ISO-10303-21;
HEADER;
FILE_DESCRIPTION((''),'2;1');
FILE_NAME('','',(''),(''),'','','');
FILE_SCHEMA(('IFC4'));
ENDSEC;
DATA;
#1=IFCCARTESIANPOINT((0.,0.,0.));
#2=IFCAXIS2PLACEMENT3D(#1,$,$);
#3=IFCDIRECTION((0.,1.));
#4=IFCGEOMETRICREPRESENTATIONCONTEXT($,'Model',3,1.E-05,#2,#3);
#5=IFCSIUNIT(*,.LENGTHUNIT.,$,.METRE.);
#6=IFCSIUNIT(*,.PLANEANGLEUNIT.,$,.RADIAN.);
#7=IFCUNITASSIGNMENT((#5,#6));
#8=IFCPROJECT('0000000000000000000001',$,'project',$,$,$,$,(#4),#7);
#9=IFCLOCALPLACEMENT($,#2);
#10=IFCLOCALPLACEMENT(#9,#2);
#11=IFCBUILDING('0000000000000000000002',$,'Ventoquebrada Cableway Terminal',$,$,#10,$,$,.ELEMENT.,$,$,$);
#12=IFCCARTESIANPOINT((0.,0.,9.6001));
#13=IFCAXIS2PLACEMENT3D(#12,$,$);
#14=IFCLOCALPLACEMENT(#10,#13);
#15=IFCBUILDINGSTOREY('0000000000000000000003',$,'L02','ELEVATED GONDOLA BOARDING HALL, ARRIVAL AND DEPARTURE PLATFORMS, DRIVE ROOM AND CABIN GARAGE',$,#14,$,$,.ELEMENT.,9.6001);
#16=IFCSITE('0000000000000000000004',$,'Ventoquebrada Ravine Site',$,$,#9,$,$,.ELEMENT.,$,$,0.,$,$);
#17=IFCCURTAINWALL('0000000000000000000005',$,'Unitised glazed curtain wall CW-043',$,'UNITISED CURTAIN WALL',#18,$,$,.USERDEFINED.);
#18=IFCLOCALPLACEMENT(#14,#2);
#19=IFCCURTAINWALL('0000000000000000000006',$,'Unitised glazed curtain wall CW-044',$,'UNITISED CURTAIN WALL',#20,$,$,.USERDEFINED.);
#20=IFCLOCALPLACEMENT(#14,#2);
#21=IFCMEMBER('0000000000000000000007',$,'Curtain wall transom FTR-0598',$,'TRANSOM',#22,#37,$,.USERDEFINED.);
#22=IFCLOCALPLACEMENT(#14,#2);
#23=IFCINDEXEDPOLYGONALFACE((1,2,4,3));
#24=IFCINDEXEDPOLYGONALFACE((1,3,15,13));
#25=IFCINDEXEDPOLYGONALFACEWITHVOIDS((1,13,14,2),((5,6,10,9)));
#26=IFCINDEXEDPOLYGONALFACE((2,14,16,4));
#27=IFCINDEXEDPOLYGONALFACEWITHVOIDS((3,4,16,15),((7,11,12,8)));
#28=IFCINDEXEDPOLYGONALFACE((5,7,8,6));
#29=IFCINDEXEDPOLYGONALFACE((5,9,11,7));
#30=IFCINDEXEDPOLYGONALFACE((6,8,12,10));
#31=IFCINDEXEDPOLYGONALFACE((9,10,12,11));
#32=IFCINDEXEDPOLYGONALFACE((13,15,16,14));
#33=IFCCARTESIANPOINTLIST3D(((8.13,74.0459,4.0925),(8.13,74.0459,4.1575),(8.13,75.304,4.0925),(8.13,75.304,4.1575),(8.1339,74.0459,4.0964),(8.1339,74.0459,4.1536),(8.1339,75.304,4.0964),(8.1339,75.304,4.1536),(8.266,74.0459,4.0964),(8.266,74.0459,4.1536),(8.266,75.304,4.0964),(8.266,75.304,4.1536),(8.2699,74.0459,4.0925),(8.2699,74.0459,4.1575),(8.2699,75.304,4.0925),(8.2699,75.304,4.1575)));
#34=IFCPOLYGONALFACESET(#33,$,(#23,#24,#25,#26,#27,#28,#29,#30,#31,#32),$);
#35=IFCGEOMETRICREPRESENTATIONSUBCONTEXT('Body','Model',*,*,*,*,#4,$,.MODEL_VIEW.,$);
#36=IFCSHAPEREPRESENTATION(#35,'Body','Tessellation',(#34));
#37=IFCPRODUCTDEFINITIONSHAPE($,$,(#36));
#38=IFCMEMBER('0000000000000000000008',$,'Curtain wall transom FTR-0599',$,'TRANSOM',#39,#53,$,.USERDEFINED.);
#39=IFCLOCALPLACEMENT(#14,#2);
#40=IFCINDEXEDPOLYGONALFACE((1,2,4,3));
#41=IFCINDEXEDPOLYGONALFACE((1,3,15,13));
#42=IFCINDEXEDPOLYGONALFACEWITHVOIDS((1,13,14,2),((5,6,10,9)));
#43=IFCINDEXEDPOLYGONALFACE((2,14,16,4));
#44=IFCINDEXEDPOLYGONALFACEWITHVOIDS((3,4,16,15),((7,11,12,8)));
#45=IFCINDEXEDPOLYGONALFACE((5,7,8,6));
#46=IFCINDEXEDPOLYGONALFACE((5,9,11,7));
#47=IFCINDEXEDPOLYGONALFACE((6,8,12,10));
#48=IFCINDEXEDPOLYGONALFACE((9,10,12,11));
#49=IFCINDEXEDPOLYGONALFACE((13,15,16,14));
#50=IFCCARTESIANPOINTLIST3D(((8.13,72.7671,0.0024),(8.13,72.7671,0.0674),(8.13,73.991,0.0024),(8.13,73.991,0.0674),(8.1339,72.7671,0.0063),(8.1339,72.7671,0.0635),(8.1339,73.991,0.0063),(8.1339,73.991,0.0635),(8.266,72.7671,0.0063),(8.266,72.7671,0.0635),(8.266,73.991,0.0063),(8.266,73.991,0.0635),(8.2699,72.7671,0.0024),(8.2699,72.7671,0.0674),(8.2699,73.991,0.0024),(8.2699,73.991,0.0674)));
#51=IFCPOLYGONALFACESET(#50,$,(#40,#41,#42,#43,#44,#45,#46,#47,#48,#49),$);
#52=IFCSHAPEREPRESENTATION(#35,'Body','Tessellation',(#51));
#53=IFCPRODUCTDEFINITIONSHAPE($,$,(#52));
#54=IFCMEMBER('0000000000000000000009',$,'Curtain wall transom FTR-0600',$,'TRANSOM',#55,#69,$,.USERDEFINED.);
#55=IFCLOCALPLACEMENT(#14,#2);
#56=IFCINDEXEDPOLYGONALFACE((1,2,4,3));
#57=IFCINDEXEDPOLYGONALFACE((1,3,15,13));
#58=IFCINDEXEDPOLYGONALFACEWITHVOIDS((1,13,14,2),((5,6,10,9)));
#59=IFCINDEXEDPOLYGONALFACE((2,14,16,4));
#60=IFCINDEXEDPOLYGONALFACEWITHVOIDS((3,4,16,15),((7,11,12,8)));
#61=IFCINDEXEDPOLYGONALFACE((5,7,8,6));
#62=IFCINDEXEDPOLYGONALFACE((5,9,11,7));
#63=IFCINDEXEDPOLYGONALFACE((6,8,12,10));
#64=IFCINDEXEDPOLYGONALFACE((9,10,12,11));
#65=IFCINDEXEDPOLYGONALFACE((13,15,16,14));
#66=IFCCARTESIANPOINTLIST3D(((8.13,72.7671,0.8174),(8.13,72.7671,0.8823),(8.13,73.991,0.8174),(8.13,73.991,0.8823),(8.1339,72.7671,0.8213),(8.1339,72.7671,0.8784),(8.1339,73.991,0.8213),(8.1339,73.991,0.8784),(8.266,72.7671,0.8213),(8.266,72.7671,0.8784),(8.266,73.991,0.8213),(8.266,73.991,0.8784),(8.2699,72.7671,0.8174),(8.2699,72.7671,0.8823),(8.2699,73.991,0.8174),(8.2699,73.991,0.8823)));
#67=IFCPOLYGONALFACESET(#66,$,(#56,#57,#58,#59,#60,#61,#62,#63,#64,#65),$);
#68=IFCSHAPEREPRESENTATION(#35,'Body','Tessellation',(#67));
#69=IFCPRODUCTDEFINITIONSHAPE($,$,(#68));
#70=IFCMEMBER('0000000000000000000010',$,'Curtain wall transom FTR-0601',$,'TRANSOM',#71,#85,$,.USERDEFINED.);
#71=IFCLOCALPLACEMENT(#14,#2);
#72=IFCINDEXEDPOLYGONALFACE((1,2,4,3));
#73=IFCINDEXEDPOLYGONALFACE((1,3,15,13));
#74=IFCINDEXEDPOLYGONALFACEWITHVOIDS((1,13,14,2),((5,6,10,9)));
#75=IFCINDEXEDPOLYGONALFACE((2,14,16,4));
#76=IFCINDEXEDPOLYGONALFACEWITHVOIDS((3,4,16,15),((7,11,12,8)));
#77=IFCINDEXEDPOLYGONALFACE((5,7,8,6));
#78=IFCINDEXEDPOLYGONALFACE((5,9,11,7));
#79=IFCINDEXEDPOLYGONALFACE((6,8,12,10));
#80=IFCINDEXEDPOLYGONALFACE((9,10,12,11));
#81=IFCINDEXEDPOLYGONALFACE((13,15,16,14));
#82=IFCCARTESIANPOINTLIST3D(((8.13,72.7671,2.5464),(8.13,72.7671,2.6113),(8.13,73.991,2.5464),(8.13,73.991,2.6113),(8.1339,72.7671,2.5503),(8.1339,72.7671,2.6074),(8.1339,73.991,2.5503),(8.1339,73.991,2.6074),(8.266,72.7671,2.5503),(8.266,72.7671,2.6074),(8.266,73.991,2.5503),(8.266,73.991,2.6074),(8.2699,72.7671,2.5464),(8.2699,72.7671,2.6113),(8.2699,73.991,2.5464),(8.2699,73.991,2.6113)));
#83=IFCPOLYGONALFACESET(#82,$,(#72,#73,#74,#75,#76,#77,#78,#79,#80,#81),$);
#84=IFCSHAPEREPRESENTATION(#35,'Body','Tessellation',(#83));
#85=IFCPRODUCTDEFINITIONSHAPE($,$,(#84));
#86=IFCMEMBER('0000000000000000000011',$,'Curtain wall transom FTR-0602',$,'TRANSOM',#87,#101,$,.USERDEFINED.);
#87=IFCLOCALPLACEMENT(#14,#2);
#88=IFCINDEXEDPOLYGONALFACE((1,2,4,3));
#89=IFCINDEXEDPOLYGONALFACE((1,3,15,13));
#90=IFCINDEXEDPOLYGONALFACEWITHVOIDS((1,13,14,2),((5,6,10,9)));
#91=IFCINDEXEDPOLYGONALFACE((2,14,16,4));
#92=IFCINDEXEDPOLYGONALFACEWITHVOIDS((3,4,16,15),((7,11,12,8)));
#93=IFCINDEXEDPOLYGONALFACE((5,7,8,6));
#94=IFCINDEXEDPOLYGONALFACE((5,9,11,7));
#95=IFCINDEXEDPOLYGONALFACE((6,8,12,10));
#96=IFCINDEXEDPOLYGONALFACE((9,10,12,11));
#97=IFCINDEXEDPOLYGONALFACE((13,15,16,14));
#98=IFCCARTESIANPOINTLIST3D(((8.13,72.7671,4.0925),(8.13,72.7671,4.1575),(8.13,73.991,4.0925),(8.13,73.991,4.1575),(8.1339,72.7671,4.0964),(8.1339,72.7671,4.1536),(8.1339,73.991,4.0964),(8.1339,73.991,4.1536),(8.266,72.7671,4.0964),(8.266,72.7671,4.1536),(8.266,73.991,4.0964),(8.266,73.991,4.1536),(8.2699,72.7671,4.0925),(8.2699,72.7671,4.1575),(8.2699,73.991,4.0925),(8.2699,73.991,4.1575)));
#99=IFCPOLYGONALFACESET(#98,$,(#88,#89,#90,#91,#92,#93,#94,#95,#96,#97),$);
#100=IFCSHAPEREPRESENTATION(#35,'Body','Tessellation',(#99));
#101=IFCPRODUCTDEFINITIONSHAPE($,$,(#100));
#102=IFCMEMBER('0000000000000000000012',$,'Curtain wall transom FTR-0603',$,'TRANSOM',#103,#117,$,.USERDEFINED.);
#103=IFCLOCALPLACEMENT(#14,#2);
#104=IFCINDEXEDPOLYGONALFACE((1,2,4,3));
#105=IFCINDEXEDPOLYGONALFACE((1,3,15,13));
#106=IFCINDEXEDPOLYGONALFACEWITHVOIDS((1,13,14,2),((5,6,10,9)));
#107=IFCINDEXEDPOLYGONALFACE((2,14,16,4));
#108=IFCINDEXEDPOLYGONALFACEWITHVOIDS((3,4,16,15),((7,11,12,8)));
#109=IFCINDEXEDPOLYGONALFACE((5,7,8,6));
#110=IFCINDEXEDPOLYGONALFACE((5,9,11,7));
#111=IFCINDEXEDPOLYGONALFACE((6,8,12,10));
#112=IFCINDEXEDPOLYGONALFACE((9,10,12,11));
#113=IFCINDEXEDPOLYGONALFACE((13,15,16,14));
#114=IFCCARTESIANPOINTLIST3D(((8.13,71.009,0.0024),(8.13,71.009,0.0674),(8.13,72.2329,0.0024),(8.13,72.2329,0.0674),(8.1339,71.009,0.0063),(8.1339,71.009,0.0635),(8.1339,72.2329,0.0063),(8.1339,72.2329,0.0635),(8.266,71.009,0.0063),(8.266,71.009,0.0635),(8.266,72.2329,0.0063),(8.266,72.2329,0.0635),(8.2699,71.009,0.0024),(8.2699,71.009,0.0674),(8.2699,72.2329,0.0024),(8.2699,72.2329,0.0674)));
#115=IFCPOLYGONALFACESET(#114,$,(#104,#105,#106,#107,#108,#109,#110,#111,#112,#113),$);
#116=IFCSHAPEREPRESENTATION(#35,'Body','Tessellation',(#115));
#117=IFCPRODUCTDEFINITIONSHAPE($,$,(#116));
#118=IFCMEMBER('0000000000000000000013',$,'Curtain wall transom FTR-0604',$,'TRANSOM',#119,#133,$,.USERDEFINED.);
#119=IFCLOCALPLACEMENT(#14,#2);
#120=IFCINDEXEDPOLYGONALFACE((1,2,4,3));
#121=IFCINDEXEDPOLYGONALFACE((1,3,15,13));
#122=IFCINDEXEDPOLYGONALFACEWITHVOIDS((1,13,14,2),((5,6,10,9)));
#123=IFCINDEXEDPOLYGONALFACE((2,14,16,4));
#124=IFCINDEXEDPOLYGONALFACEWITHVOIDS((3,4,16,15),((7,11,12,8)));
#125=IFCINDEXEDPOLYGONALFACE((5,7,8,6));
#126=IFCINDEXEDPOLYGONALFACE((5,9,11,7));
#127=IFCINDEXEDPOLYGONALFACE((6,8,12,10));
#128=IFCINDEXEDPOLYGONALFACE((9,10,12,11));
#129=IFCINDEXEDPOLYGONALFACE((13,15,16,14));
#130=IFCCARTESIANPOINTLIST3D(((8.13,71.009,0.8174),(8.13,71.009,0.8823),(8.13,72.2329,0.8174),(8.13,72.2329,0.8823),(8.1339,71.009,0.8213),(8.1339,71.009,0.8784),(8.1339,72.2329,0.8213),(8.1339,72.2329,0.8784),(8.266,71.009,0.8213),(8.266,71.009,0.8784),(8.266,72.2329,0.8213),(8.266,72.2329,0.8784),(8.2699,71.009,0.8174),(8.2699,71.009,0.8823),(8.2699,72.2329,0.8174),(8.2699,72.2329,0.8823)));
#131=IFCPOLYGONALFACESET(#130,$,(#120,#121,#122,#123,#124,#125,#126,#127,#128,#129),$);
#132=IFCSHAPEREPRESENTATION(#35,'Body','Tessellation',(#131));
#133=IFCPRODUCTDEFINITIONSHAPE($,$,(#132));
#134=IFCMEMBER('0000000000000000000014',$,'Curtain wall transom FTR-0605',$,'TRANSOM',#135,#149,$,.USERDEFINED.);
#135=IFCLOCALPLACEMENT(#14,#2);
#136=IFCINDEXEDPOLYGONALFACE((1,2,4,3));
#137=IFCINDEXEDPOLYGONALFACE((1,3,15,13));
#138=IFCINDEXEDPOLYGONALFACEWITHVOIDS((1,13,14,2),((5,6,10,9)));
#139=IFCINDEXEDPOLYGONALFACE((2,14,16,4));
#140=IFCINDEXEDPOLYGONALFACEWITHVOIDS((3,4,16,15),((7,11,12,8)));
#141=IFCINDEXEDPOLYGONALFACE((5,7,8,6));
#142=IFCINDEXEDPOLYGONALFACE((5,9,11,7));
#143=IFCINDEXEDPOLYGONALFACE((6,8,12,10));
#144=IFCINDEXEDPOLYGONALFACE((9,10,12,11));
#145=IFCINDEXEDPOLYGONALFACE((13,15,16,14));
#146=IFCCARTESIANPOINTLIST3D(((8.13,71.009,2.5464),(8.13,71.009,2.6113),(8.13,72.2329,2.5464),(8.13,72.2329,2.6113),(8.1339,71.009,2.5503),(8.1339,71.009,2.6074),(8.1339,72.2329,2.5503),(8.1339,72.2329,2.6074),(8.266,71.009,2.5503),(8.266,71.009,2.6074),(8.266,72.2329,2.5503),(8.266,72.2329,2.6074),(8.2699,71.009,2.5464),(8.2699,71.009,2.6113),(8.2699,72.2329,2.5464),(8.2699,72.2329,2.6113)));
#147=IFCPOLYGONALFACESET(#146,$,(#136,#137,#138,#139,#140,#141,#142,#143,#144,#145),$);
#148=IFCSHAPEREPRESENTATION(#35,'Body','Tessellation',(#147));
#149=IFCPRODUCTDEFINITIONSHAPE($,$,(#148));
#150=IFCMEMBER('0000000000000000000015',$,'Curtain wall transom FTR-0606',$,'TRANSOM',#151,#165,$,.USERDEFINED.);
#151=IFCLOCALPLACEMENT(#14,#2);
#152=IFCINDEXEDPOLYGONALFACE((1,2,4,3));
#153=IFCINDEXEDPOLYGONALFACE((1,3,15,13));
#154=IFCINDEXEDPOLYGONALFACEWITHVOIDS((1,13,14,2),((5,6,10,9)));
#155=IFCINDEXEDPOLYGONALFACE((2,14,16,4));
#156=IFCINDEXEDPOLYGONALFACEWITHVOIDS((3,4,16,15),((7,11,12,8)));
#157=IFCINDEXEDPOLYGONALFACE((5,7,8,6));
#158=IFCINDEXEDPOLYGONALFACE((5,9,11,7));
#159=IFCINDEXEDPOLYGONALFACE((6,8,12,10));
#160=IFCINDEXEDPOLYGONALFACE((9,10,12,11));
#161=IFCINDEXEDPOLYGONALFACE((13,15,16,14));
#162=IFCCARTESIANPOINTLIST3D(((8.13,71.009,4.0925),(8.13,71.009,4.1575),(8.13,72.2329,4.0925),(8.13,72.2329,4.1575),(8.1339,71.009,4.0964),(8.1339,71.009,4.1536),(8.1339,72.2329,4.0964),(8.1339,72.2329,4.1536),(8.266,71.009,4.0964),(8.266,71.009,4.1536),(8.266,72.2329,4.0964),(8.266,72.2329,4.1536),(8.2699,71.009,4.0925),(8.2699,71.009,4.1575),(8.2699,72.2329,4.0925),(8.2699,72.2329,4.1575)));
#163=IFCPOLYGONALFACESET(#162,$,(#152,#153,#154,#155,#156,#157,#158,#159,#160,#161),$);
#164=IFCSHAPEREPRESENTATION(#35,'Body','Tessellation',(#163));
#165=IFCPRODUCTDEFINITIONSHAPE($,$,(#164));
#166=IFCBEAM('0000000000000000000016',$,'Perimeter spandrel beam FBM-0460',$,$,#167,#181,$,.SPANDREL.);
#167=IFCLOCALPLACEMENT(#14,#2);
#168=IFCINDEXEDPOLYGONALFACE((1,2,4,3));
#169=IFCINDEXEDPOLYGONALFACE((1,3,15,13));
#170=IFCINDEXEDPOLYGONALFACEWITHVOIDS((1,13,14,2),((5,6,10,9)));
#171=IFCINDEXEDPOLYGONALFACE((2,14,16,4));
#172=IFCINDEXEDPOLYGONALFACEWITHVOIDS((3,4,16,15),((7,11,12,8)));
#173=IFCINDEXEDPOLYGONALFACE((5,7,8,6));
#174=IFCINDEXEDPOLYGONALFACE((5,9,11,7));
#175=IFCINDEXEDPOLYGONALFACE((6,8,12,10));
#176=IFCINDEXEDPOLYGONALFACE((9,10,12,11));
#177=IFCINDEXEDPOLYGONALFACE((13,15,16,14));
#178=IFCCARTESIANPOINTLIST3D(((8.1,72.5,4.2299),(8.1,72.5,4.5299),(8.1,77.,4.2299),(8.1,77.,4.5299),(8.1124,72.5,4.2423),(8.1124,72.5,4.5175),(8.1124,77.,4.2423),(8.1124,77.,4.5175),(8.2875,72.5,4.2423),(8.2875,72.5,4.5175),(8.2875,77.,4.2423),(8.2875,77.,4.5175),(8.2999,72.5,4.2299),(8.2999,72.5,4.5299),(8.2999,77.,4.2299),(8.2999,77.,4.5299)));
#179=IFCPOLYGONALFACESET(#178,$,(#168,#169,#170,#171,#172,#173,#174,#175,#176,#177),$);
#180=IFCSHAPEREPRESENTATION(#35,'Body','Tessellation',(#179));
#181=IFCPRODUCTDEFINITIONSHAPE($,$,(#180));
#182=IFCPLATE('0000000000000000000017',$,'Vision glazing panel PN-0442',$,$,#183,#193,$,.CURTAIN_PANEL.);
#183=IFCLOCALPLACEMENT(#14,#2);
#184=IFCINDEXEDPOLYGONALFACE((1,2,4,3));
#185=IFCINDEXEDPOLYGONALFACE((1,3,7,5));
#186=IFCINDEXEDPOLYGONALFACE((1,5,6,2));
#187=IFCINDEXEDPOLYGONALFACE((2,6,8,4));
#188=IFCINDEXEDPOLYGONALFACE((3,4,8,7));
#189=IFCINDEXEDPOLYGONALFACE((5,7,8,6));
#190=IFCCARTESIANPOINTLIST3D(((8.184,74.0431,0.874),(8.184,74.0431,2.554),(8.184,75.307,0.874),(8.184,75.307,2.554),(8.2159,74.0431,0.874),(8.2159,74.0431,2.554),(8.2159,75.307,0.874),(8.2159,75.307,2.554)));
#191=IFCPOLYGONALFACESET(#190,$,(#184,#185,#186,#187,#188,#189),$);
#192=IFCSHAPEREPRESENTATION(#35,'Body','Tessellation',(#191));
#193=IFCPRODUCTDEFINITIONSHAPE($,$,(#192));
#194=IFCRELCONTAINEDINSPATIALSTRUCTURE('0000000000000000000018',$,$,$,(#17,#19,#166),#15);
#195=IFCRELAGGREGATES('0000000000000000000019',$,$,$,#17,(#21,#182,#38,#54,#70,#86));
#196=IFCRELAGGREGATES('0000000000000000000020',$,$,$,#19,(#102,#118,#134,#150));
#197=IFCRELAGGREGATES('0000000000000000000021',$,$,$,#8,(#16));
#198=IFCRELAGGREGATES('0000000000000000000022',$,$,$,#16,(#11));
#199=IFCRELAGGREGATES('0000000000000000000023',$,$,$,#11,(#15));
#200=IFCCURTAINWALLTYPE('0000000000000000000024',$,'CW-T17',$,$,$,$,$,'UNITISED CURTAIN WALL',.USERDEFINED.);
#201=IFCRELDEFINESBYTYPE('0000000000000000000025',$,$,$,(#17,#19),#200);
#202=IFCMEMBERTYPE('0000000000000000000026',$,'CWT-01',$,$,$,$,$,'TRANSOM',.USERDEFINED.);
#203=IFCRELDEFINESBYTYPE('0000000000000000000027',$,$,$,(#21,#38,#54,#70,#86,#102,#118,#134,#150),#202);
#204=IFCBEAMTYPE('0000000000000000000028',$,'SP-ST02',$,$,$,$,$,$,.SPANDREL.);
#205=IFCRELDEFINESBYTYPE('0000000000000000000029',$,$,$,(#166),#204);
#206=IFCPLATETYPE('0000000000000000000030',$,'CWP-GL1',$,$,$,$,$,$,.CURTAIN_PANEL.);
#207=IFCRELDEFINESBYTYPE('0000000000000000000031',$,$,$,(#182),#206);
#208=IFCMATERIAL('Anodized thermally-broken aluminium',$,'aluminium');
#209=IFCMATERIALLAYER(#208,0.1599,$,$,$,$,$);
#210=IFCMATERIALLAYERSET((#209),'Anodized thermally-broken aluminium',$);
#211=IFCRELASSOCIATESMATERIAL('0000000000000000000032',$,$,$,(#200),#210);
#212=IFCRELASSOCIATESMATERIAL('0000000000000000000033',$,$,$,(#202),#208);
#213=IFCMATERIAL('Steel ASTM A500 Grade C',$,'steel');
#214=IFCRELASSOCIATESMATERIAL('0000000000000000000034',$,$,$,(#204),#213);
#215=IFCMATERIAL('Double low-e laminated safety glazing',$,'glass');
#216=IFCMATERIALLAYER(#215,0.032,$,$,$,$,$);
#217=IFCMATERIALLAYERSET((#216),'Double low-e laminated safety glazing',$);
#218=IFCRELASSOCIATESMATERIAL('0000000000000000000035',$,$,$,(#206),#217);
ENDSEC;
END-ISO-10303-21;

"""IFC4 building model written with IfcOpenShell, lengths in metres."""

from ifc_helpers import new_model, si_unit, direction, frame, origin, origin_2d, place, context, subcontext, project, spatial, rectangle, hollow_rectangle, extrude, material, layer, layer_set, material_profile, profile_set, type_object, element, aggregate, save


model = new_model("IFC4")

# Units and contexts
model_context = context("Model", 3, precision=1e-05, world=origin(), true_north=direction((0.0, 1.0)))
body_context = subcontext(model_context, "Body", "Model", "MODEL_VIEW")
ifc_project = project(units=[si_unit("LENGTHUNIT", "METRE"), si_unit("PLANEANGLEUNIT", "RADIAN")], contexts=[model_context])

# Site, building, storey
site_placement = place(None, origin())
site = spatial("IfcSite", under=ifc_project, at=site_placement, Name="Ventoquebrada Ravine Site", CompositionType="ELEMENT", RefElevation=0.0)
building_placement = place(site_placement, origin())
building = spatial("IfcBuilding", under=site, at=building_placement, Name="Ventoquebrada Cableway Terminal", CompositionType="ELEMENT")
storey_placement = place(building_placement, frame((0.0, 0.0, 9.6001)))
storey = spatial("IfcBuildingStorey", under=building, at=storey_placement, Name="L02", Description="ELEVATED GONDOLA BOARDING HALL, ARRIVAL AND DEPARTURE PLATFORMS, DRIVE ROOM AND CABIN GARAGE", CompositionType="ELEMENT", Elevation=9.6001)

# Curtain wall
ifc_material_1 = material(Name="Anodized thermally-broken aluminium", Category="aluminium")
ifc_layer_1 = layer(ifc_material_1, 0.1599)
ifc_layer_set_1 = layer_set([ifc_layer_1], Name="Anodized thermally-broken aluminium")
curtain_wall_type = type_object("IfcCurtainWallType", Name="CW-T17", ElementType="UNITISED CURTAIN WALL", PredefinedType="USERDEFINED", material=ifc_layer_set_1)
curtain_wall_1_placement = place(storey_placement, origin())
curtain_wall_1 = element("IfcCurtainWall", 1, at=curtain_wall_1_placement, inside=storey, type_object=curtain_wall_type, Name="Unitised glazed curtain wall CW-043", ObjectType="UNITISED CURTAIN WALL", PredefinedType="USERDEFINED")

# Curtain wall
curtain_wall_2_placement = place(storey_placement, origin())
curtain_wall_2 = element("IfcCurtainWall", 2, at=curtain_wall_2_placement, inside=storey, type_object=curtain_wall_type, Name="Unitised glazed curtain wall CW-044", ObjectType="UNITISED CURTAIN WALL", PredefinedType="USERDEFINED")

# Members
ifc_material_profile_1 = material_profile(ifc_material_1, hollow_rectangle(XDim=0.0649, YDim=0.1399, WallThickness=0.0039, at=origin_2d()), Name="CW-TRN-65X140")
ifc_profile_set_1 = profile_set([ifc_material_profile_1], Name="Anodized thermally-broken aluminium")
member_type_1 = type_object("IfcMemberType", Name="CWT-01", ElementType="TRANSOM", PredefinedType="USERDEFINED", material=ifc_profile_set_1)
member_1_placement = place(storey_placement, frame((8.2, 75.304, 4.125), z_axis=(0.0, -1.0, 0.0), x_axis=(0.0, 0.0, 1.0)))
member_1 = element("IfcMember", 3, at=member_1_placement, type_object=member_type_1, Name="Curtain wall transom FTR-0598", ObjectType="TRANSOM", PredefinedType="USERDEFINED", context=body_context, shape_type="SweptSolid", body=[
    extrude(hollow_rectangle(XDim=0.0649, YDim=0.1399, WallThickness=0.0039, at=origin_2d()), origin(), (0.0, 0.0, 1.0), 1.2581),
])
member_2_placement = place(storey_placement, frame((8.2, 73.991, 0.0349), z_axis=(0.0, -1.0, 0.0), x_axis=(0.0, 0.0, 1.0)))
member_2 = element("IfcMember", 4, at=member_2_placement, type_object=member_type_1, Name="Curtain wall transom FTR-0599", ObjectType="TRANSOM", PredefinedType="USERDEFINED", context=body_context, shape_type="SweptSolid", body=[
    extrude(hollow_rectangle(XDim=0.0649, YDim=0.1399, WallThickness=0.0039, at=origin_2d()), origin(), (0.0, 0.0, 1.0), 1.2239),
])
member_3_placement = place(storey_placement, frame((8.2, 73.991, 0.8499), z_axis=(0.0, -1.0, 0.0), x_axis=(0.0, 0.0, 1.0)))
member_3 = element("IfcMember", 5, at=member_3_placement, type_object=member_type_1, Name="Curtain wall transom FTR-0600", ObjectType="TRANSOM", PredefinedType="USERDEFINED", context=body_context, shape_type="SweptSolid", body=[
    extrude(hollow_rectangle(XDim=0.0649, YDim=0.1399, WallThickness=0.0039, at=origin_2d()), origin(), (0.0, 0.0, 1.0), 1.2239),
])
member_4_placement = place(storey_placement, frame((8.2, 73.991, 2.5789), z_axis=(0.0, -1.0, 0.0), x_axis=(0.0, 0.0, 1.0)))
member_4 = element("IfcMember", 6, at=member_4_placement, type_object=member_type_1, Name="Curtain wall transom FTR-0601", ObjectType="TRANSOM", PredefinedType="USERDEFINED", context=body_context, shape_type="SweptSolid", body=[
    extrude(hollow_rectangle(XDim=0.0649, YDim=0.1399, WallThickness=0.0039, at=origin_2d()), origin(), (0.0, 0.0, 1.0), 1.2239),
])
member_5_placement = place(storey_placement, frame((8.2, 73.991, 4.125), z_axis=(0.0, -1.0, 0.0), x_axis=(0.0, 0.0, 1.0)))
member_5 = element("IfcMember", 7, at=member_5_placement, type_object=member_type_1, Name="Curtain wall transom FTR-0602", ObjectType="TRANSOM", PredefinedType="USERDEFINED", context=body_context, shape_type="SweptSolid", body=[
    extrude(hollow_rectangle(XDim=0.0649, YDim=0.1399, WallThickness=0.0039, at=origin_2d()), origin(), (0.0, 0.0, 1.0), 1.2239),
])
member_6_placement = place(storey_placement, frame((8.2, 72.2329, 0.0349), z_axis=(0.0, -1.0, 0.0), x_axis=(0.0, 0.0, 1.0)))
member_6 = element("IfcMember", 8, at=member_6_placement, type_object=member_type_1, Name="Curtain wall transom FTR-0603", ObjectType="TRANSOM", PredefinedType="USERDEFINED", context=body_context, shape_type="SweptSolid", body=[
    extrude(hollow_rectangle(XDim=0.0649, YDim=0.1399, WallThickness=0.0039, at=origin_2d()), origin(), (0.0, 0.0, 1.0), 1.2239),
])
member_7_placement = place(storey_placement, frame((8.2, 72.2329, 0.8499), z_axis=(0.0, -1.0, 0.0), x_axis=(0.0, 0.0, 1.0)))
member_7 = element("IfcMember", 9, at=member_7_placement, type_object=member_type_1, Name="Curtain wall transom FTR-0604", ObjectType="TRANSOM", PredefinedType="USERDEFINED", context=body_context, shape_type="SweptSolid", body=[
    extrude(hollow_rectangle(XDim=0.0649, YDim=0.1399, WallThickness=0.0039, at=origin_2d()), origin(), (0.0, 0.0, 1.0), 1.2239),
])
member_8_placement = place(storey_placement, frame((8.2, 72.2329, 2.5789), z_axis=(0.0, -1.0, 0.0), x_axis=(0.0, 0.0, 1.0)))
member_8 = element("IfcMember", 10, at=member_8_placement, type_object=member_type_1, Name="Curtain wall transom FTR-0605", ObjectType="TRANSOM", PredefinedType="USERDEFINED", context=body_context, shape_type="SweptSolid", body=[
    extrude(hollow_rectangle(XDim=0.0649, YDim=0.1399, WallThickness=0.0039, at=origin_2d()), origin(), (0.0, 0.0, 1.0), 1.2239),
])
member_9_placement = place(storey_placement, frame((8.2, 72.2329, 4.125), z_axis=(0.0, -1.0, 0.0), x_axis=(0.0, 0.0, 1.0)))
member_9 = element("IfcMember", 11, at=member_9_placement, type_object=member_type_1, Name="Curtain wall transom FTR-0606", ObjectType="TRANSOM", PredefinedType="USERDEFINED", context=body_context, shape_type="SweptSolid", body=[
    extrude(hollow_rectangle(XDim=0.0649, YDim=0.1399, WallThickness=0.0039, at=origin_2d()), origin(), (0.0, 0.0, 1.0), 1.2239),
])

# Beam
ifc_material_2 = material(Name="Steel ASTM A500 Grade C", Category="steel")
ifc_material_profile_2 = material_profile(ifc_material_2, hollow_rectangle(XDim=0.2, YDim=0.3, WallThickness=0.0125, at=origin_2d()), Name="RHS300X200X12.5")
ifc_profile_set_2 = profile_set([ifc_material_profile_2], Name="Steel ASTM A500 Grade C")
beam_type_1 = type_object("IfcBeamType", Name="SP-ST02", PredefinedType="SPANDREL", material=ifc_profile_set_2)
beam_1_placement = place(storey_placement, frame((8.2, 72.5, 4.3799), z_axis=(0.0, 1.0, 0.0), x_axis=(-1.0, 0.0, 0.0)))
element("IfcBeam", 12, at=beam_1_placement, inside=storey, type_object=beam_type_1, Name="Perimeter spandrel beam FBM-0460", PredefinedType="SPANDREL", context=body_context, shape_type="SweptSolid", body=[
    extrude(hollow_rectangle(XDim=0.2, YDim=0.3, WallThickness=0.0125, at=origin_2d()), origin(), (0.0, 0.0, 1.0), 4.5),
])

# Plate
ifc_material_3 = material(Name="Double low-e laminated safety glazing", Category="glass")
ifc_layer_2 = layer(ifc_material_3, 0.032)
ifc_layer_set_2 = layer_set([ifc_layer_2], Name="Double low-e laminated safety glazing")
plate_type_1 = type_object("IfcPlateType", Name="CWP-GL1", PredefinedType="CURTAIN_PANEL", material=ifc_layer_set_2)
plate_1_placement = place(storey_placement, frame((8.2, 74.675, 0.874), z_axis=(0.0, 0.0, 1.0), x_axis=(0.0, -1.0, 0.0)))
plate_1 = element("IfcPlate", 13, at=plate_1_placement, type_object=plate_type_1, Name="Vision glazing panel PN-0442", PredefinedType="CURTAIN_PANEL", context=body_context, shape_type="SweptSolid", body=[
    extrude(rectangle(XDim=1.2639, YDim=0.032, at=origin_2d()), origin(), (0.0, 0.0, 1.0), 1.6799),
])
aggregate(curtain_wall_1, [member_1, plate_1, member_2, member_3, member_4, member_5])
aggregate(curtain_wall_2, [member_6, member_7, member_8, member_9])

save(model, "model.ifc")
